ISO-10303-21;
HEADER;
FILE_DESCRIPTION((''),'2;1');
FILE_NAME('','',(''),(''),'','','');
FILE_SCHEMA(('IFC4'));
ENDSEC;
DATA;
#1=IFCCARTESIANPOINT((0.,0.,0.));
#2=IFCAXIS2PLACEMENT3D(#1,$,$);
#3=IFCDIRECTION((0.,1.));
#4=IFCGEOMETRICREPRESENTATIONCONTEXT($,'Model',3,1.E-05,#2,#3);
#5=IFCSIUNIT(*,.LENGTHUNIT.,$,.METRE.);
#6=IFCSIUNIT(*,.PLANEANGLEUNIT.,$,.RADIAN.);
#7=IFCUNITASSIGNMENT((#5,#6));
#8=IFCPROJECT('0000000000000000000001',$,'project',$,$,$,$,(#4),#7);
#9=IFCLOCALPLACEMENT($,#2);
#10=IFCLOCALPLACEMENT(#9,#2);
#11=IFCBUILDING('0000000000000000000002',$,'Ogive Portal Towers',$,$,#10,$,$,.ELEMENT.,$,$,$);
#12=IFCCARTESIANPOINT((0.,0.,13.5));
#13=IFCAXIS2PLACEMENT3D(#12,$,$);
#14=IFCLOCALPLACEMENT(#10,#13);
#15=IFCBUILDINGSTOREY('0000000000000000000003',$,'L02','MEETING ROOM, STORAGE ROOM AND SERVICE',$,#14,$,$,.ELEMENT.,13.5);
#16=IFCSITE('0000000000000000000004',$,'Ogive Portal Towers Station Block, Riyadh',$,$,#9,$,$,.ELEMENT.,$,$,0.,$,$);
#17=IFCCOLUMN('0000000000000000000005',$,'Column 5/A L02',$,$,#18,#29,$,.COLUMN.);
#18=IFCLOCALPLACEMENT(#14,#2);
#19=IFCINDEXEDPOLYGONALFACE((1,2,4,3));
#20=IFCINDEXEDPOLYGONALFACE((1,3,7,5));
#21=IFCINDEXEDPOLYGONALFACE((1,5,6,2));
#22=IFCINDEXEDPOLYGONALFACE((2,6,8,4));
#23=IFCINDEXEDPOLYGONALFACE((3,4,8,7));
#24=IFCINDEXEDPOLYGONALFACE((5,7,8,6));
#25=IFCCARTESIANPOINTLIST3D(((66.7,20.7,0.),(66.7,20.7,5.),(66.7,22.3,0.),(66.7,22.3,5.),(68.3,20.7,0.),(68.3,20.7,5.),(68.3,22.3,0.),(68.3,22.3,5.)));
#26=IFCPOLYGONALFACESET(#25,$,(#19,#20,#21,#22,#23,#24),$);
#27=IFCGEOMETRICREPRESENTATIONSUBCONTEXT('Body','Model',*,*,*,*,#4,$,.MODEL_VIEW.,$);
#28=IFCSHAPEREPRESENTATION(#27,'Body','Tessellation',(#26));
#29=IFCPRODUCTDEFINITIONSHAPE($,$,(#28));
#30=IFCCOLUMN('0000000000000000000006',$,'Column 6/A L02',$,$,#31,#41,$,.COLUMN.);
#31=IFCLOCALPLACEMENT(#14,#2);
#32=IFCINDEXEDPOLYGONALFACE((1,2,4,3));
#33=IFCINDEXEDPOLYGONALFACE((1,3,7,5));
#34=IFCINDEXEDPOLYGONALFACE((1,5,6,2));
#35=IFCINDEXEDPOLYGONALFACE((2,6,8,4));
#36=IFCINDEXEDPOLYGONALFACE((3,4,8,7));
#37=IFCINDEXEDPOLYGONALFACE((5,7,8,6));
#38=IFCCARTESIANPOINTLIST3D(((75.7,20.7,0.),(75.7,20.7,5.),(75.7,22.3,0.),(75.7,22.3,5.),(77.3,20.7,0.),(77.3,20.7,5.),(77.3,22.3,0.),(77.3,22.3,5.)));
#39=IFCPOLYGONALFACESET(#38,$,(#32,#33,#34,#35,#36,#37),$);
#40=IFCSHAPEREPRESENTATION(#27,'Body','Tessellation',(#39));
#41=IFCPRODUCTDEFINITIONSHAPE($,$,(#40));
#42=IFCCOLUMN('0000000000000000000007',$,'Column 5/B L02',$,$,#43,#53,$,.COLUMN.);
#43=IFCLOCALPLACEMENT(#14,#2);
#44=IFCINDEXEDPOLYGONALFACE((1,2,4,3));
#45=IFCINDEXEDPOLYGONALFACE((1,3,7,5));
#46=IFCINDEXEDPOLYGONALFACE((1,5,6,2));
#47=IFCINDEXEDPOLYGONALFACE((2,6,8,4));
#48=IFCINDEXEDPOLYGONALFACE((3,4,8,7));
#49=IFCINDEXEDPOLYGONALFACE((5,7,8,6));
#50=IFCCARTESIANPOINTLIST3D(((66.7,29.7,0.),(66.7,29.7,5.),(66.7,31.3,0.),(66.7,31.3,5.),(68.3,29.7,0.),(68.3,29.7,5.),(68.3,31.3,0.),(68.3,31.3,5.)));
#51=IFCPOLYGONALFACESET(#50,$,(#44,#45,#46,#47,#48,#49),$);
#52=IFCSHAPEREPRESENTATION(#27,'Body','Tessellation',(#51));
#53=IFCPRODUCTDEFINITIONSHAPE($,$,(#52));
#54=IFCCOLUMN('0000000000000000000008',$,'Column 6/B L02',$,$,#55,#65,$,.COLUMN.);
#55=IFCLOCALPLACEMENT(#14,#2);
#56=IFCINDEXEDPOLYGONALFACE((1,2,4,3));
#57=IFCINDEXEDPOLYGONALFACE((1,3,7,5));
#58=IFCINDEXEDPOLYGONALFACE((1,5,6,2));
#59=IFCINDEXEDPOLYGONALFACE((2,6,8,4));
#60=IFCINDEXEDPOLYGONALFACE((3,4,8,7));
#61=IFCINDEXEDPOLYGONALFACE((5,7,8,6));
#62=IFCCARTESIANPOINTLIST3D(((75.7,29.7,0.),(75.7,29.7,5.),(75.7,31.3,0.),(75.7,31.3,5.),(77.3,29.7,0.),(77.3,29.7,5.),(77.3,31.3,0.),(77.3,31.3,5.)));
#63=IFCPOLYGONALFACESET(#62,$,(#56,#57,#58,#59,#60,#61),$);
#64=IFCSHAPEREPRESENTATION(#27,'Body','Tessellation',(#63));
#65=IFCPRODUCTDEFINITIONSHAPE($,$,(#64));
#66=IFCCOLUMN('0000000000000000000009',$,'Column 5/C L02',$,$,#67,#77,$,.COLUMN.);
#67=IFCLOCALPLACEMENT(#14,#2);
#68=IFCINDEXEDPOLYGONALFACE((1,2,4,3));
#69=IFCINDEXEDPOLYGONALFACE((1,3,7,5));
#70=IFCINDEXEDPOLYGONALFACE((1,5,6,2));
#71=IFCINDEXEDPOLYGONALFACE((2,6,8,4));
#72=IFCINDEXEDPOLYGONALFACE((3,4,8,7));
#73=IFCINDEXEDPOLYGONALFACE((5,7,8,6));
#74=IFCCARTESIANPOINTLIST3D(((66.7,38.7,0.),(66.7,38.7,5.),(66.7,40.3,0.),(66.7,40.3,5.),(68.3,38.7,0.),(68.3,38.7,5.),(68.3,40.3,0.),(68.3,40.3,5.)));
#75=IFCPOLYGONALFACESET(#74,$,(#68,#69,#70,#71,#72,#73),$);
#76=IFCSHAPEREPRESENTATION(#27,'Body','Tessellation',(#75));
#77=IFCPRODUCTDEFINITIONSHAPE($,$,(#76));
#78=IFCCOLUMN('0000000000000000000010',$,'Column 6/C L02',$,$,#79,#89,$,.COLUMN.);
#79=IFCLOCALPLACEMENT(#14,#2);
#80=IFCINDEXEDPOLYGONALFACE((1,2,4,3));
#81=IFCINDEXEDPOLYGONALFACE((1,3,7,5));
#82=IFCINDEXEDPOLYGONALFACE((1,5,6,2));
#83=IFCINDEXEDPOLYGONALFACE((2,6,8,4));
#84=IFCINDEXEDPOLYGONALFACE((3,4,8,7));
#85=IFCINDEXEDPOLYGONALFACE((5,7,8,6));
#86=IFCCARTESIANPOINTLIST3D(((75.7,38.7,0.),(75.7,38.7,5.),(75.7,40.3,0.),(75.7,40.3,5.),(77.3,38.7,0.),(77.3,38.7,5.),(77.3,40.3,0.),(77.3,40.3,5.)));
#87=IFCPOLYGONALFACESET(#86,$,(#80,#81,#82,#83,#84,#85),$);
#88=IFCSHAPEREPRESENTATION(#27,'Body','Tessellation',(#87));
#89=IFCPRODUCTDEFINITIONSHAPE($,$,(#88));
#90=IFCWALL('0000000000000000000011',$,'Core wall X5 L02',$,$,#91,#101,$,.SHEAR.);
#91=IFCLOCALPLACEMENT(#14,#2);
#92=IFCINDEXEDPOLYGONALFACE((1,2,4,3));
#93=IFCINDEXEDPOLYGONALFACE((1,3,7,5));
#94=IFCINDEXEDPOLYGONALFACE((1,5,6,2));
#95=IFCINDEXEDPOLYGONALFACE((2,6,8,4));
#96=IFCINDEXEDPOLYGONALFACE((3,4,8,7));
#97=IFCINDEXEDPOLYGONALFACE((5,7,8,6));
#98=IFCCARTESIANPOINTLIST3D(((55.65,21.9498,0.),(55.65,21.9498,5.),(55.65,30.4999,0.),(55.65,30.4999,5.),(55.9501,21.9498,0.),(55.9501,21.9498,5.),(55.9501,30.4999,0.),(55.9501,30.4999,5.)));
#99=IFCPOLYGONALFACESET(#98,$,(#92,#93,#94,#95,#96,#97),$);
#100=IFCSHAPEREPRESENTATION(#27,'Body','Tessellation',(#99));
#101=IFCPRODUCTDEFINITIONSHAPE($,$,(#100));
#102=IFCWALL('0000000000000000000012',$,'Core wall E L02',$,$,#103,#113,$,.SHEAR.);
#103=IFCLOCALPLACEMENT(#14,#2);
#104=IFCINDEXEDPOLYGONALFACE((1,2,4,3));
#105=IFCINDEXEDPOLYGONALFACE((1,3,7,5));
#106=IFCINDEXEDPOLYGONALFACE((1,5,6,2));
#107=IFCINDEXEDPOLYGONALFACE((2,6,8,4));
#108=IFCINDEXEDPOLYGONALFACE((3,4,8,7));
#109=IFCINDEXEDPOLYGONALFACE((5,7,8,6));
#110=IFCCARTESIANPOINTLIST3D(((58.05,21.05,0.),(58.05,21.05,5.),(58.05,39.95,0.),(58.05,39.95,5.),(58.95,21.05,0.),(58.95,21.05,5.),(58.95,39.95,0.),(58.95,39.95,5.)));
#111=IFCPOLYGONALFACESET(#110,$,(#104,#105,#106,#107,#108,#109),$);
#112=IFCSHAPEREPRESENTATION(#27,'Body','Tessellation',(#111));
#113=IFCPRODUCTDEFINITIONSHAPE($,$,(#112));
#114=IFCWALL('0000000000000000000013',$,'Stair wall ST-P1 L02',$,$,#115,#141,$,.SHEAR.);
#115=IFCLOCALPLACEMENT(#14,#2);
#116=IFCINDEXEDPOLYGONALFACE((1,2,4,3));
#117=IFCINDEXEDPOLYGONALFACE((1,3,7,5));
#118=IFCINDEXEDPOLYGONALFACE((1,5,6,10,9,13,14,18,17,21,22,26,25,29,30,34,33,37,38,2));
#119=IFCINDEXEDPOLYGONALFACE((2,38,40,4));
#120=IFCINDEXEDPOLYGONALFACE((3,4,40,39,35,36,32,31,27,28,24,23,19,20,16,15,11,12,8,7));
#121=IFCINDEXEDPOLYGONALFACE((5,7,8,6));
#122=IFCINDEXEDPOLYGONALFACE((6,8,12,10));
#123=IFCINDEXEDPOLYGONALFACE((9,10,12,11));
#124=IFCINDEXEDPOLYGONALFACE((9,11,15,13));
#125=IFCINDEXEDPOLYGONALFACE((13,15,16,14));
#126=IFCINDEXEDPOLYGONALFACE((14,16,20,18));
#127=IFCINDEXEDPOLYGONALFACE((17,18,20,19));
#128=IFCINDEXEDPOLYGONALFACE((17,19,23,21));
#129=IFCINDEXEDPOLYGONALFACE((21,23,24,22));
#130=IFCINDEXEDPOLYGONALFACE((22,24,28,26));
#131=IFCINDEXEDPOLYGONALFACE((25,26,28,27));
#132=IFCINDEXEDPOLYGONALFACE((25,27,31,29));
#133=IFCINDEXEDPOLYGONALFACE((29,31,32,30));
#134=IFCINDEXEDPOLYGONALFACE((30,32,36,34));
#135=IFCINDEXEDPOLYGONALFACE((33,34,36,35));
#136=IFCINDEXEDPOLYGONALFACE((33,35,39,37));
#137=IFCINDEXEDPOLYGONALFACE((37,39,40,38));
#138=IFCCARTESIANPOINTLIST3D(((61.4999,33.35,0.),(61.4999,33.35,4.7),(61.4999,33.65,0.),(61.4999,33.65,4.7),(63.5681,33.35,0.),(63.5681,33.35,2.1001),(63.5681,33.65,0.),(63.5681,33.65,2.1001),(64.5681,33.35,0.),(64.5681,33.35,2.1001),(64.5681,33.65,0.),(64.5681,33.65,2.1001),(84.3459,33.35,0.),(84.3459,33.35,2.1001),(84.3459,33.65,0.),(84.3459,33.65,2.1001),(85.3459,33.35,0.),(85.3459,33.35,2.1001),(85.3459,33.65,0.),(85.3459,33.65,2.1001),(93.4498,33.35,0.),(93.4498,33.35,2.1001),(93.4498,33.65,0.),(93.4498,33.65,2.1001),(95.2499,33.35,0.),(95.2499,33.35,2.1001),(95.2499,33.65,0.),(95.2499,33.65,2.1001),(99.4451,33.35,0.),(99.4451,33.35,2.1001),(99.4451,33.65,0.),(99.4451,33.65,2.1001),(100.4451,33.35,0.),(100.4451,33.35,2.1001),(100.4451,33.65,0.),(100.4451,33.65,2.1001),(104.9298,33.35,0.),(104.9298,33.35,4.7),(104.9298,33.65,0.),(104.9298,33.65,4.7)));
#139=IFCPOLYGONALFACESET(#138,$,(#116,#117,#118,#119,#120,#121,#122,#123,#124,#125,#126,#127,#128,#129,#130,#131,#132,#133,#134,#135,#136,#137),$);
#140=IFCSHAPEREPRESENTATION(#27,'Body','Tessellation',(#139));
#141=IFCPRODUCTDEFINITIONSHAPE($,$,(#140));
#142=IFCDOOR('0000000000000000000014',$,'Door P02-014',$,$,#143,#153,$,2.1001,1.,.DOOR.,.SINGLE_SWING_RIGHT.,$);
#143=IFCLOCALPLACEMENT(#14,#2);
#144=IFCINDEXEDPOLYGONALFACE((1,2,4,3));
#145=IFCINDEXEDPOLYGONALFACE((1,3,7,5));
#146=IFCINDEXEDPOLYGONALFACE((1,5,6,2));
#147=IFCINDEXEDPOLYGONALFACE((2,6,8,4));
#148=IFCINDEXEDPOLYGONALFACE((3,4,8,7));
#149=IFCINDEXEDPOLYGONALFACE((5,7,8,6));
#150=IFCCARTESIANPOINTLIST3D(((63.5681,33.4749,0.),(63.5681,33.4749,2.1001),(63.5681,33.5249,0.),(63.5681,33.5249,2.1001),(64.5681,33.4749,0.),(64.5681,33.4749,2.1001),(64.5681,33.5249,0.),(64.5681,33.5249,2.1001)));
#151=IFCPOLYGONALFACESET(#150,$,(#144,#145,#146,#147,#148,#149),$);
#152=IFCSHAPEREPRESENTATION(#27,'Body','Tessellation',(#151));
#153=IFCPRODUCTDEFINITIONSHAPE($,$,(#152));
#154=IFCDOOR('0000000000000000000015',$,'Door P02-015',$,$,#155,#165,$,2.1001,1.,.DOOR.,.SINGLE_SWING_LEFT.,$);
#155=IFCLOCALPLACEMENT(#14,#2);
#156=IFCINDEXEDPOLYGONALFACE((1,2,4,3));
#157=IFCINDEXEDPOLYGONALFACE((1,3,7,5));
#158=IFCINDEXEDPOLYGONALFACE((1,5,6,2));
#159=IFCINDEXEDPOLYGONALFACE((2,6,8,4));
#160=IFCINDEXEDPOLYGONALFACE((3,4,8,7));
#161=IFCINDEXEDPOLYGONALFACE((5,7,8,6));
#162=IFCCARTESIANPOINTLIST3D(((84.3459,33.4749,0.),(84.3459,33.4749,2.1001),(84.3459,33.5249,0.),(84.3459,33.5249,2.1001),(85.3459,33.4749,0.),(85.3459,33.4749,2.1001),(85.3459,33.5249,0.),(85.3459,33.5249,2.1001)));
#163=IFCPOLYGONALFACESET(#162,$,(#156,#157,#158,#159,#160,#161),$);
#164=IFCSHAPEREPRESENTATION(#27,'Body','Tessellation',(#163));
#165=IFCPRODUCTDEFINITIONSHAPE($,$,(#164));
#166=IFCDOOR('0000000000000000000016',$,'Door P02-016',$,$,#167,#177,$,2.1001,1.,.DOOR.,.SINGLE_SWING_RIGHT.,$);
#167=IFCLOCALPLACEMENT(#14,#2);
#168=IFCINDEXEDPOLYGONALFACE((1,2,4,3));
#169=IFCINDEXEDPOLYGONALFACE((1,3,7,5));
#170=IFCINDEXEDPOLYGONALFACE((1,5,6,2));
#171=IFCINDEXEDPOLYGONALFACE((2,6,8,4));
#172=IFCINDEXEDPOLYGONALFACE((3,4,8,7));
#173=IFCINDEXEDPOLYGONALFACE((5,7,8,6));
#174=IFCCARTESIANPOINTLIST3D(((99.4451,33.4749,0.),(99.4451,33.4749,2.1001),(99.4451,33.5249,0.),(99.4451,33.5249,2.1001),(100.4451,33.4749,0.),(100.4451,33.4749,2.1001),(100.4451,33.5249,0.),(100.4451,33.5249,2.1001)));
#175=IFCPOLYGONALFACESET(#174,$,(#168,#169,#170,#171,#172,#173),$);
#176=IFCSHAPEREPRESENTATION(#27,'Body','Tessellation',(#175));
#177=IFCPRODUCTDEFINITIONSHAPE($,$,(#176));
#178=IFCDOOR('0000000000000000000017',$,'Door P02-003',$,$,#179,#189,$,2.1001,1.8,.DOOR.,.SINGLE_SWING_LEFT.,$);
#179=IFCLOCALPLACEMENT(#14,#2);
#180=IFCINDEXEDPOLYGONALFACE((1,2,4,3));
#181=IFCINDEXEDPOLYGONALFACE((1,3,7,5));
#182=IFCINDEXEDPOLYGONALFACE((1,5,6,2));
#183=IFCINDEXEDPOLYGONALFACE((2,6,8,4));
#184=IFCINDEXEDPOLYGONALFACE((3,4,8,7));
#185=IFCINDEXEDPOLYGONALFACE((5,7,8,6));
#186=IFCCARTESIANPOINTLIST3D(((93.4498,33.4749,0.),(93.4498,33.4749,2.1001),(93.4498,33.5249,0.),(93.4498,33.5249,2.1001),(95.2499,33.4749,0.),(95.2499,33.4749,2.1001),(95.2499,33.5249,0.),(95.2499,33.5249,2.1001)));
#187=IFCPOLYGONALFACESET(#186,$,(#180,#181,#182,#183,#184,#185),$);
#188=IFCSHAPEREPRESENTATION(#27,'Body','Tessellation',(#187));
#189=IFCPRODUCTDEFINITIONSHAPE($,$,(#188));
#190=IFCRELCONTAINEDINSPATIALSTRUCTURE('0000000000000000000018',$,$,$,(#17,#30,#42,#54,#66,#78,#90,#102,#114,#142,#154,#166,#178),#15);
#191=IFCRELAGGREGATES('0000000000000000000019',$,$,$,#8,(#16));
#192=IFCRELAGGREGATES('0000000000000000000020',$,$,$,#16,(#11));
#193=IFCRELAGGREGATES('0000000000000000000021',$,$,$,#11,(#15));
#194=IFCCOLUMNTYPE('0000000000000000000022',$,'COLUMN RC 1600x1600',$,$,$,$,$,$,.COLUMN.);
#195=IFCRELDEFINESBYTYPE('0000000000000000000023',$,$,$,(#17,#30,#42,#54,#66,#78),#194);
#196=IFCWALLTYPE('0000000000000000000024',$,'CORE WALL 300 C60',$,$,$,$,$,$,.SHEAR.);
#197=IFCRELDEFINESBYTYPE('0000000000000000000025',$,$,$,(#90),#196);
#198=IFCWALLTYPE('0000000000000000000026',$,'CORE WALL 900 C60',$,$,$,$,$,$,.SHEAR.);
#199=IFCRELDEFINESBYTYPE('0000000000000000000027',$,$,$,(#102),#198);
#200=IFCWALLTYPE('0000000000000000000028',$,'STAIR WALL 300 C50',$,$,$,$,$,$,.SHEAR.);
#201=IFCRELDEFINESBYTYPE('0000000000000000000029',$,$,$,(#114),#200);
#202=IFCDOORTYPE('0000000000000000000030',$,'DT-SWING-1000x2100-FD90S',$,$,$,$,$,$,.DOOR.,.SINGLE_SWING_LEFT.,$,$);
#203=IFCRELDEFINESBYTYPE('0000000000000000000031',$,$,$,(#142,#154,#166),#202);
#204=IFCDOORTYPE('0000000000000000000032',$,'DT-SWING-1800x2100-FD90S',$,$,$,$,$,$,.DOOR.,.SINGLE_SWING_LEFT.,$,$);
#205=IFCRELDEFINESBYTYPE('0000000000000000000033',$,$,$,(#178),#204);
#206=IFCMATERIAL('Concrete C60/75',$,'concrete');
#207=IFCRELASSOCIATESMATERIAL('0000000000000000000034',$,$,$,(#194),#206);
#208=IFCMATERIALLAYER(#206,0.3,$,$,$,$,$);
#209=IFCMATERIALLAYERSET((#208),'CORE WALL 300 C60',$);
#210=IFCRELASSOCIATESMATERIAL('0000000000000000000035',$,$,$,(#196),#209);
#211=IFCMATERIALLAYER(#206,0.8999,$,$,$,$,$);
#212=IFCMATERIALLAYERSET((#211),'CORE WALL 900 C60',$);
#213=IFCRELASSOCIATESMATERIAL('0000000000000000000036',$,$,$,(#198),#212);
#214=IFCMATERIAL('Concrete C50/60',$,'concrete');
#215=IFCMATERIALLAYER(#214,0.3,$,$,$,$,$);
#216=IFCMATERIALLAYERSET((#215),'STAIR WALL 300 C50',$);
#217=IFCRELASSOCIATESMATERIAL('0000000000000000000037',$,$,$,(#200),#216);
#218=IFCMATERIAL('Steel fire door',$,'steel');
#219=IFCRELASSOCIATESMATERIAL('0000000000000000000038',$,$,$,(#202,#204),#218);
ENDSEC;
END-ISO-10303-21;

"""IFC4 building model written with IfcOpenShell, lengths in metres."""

from ifc_helpers import new_model, si_unit, direction, frame, frame_2d, origin, origin_2d, place, context, subcontext, project, spatial, rectangle, extrude, material, layer, layer_set, material_profile, profile_set, type_object, element, fill, save


model = new_model("IFC4")

# Units and contexts
model_context = context("Model", 3, precision=1e-05, world=origin(), true_north=direction((0.0, 1.0)))
body_context = subcontext(model_context, "Body", "Model", "MODEL_VIEW")
ifc_project = project(units=[si_unit("LENGTHUNIT", "METRE"), si_unit("PLANEANGLEUNIT", "RADIAN")], contexts=[model_context])

# Site, building, storey
site_placement = place(None, origin())
site = spatial("IfcSite", under=ifc_project, at=site_placement, Name="Ogive Portal Towers Station Block, Riyadh", CompositionType="ELEMENT", RefElevation=0.0)
building_placement = place(site_placement, origin())
building = spatial("IfcBuilding", under=site, at=building_placement, Name="Ogive Portal Towers", CompositionType="ELEMENT")
storey_placement = place(building_placement, frame((0.0, 0.0, 13.5)))
storey = spatial("IfcBuildingStorey", under=building, at=storey_placement, Name="L02", Description="MEETING ROOM, STORAGE ROOM AND SERVICE", CompositionType="ELEMENT", Elevation=13.5)

# Columns
ifc_material_1 = material(Name="Concrete C60/75", Category="concrete")
ifc_material_profile = material_profile(ifc_material_1, rectangle(XDim=1.6001, YDim=1.6001, at=origin_2d()), Name="RC 1600x1600")
ifc_profile_set = profile_set([ifc_material_profile], Name="Concrete C60/75")
column_type = type_object("IfcColumnType", Name="COLUMN RC 1600x1600", PredefinedType="COLUMN", material=ifc_profile_set)
for number, where, z_axis, x_axis, name in (
    (1, (67.5, 21.5, 0.0), (0.0, 0.0, 1.0), (1.0, 0.0, 0.0), "Column 5/A L02"),
    (2, (76.5, 21.5, 0.0), (0.0, 0.0, 1.0), (1.0, 0.0, 0.0), "Column 6/A L02"),
    (3, (67.5, 30.5, 0.0), (0.0, 0.0, 1.0), (1.0, 0.0, 0.0), "Column 5/B L02"),
    (4, (76.5, 30.5, 0.0), (0.0, 0.0, 1.0), (1.0, 0.0, 0.0), "Column 6/B L02"),
    (5, (67.5, 39.5, 0.0), (0.0, 0.0, 1.0), (1.0, 0.0, 0.0), "Column 5/C L02"),
    (6, (76.5, 39.5, 0.0), (0.0, 0.0, 1.0), (1.0, 0.0, 0.0), "Column 6/C L02"),
):
    element("IfcColumn", number, at=place(storey_placement, frame(where, z_axis=z_axis, x_axis=x_axis)), inside=storey, type_object=column_type, Name=name, PredefinedType="COLUMN", context=body_context, shape_type="SweptSolid", body=[
        extrude(rectangle(XDim=1.6001, YDim=1.6001, at=origin_2d()), origin(), (0.0, 0.0, 1.0), 5.0),
    ])

# Wall
ifc_layer_1 = layer(ifc_material_1, 0.3)
ifc_layer_set_1 = layer_set([ifc_layer_1], Name="CORE WALL 300 C60")
wall_type_1 = type_object("IfcWallType", Name="CORE WALL 300 C60", PredefinedType="SHEAR", material=ifc_layer_set_1)
wall_1_placement = place(storey_placement, frame((55.8, 21.95, 0.0), z_axis=(0.0, 0.0, 1.0), x_axis=(0.0, 1.0, 0.0)))
element("IfcWall", 7, at=wall_1_placement, inside=storey, type_object=wall_type_1, Name="Core wall X5 L02", PredefinedType="SHEAR", context=body_context, shape_type="SweptSolid", body=[
    extrude(rectangle(XDim=8.55, YDim=0.3, at=frame_2d((4.2749, 0.0))), origin(), (0.0, 0.0, 1.0), 5.0),
])

# Wall
ifc_layer_2 = layer(ifc_material_1, 0.8999)
ifc_layer_set_2 = layer_set([ifc_layer_2], Name="CORE WALL 900 C60")
wall_type_2 = type_object("IfcWallType", Name="CORE WALL 900 C60", PredefinedType="SHEAR", material=ifc_layer_set_2)
wall_2_placement = place(storey_placement, frame((58.5, 21.05, 0.0), z_axis=(0.0, 0.0, 1.0), x_axis=(0.0, 1.0, 0.0)))
element("IfcWall", 8, at=wall_2_placement, inside=storey, type_object=wall_type_2, Name="Core wall E L02", PredefinedType="SHEAR", context=body_context, shape_type="SweptSolid", body=[
    extrude(rectangle(XDim=18.8999, YDim=0.8999, at=frame_2d((9.45, 0.0))), origin(), (0.0, 0.0, 1.0), 5.0),
])

# Wall, openings, doors
ifc_material_2 = material(Name="Concrete C50/60", Category="concrete")
ifc_layer_3 = layer(ifc_material_2, 0.3)
ifc_layer_set_3 = layer_set([ifc_layer_3], Name="STAIR WALL 300 C50")
wall_type_3 = type_object("IfcWallType", Name="STAIR WALL 300 C50", PredefinedType="SHEAR", material=ifc_layer_set_3)
wall_3_placement = place(storey_placement, frame((61.5, 33.5, 0.0), z_axis=(0.0, 0.0, 1.0), x_axis=(1.0, 0.0, 0.0)))
wall_3 = element("IfcWall", 9, at=wall_3_placement, inside=storey, type_object=wall_type_3, Name="Stair wall ST-P1 L02", PredefinedType="SHEAR", context=body_context, shape_type="SweptSolid", body=[
    extrude(rectangle(XDim=43.4299, YDim=0.3, at=frame_2d((21.7148, 0.0))), origin(), (0.0, 0.0, 1.0), 4.7),
])
opening_1_placement = place(wall_3_placement, frame((31.95, 0.0, 0.0)))
opening_1 = element("IfcOpeningElement", 10, at=opening_1_placement, cuts=wall_3, PredefinedType="OPENING", context=body_context, shape_type="SweptSolid", body=[
    extrude(rectangle(XDim=1.8, YDim=2.1001, at=frame_2d((0.8999, 1.05))), frame((0.0, 0.1602, 0.0), z_axis=(0.0, -1.0, 0.0), x_axis=(1.0, 0.0, 0.0)), (0.0, 0.0, 1.0), 0.3201),
])
opening_2_placement = place(wall_3_placement, frame((2.0681, 0.0, 0.0)))
opening_2 = element("IfcOpeningElement", 11, at=opening_2_placement, cuts=wall_3, PredefinedType="OPENING", context=body_context, shape_type="SweptSolid", body=[
    extrude(rectangle(XDim=1.0, YDim=2.1001, at=frame_2d((0.5, 1.05))), frame((0.0, 0.1602, 0.0), z_axis=(0.0, -1.0, 0.0), x_axis=(1.0, 0.0, 0.0)), (0.0, 0.0, 1.0), 0.3201),
])
opening_3_placement = place(wall_3_placement, frame((22.8459, 0.0, 0.0)))
opening_3 = element("IfcOpeningElement", 12, at=opening_3_placement, cuts=wall_3, PredefinedType="OPENING", context=body_context, shape_type="SweptSolid", body=[
    extrude(rectangle(XDim=1.0, YDim=2.1001, at=frame_2d((0.5, 1.05))), frame((0.0, 0.1602, 0.0), z_axis=(0.0, -1.0, 0.0), x_axis=(1.0, 0.0, 0.0)), (0.0, 0.0, 1.0), 0.3201),
])
opening_4_placement = place(wall_3_placement, frame((37.9451, 0.0, 0.0)))
opening_4 = element("IfcOpeningElement", 13, at=opening_4_placement, cuts=wall_3, PredefinedType="OPENING", context=body_context, shape_type="SweptSolid", body=[
    extrude(rectangle(XDim=1.0, YDim=2.1001, at=frame_2d((0.5, 1.05))), frame((0.0, 0.1602, 0.0), z_axis=(0.0, -1.0, 0.0), x_axis=(1.0, 0.0, 0.0)), (0.0, 0.0, 1.0), 0.3201),
])
ifc_material_3 = material(Name="Steel fire door", Category="steel")
door_type_1 = type_object("IfcDoorType", Name="DT-SWING-1000x2100-FD90S", OperationType="SINGLE_SWING_LEFT", PredefinedType="DOOR", material=ifc_material_3)
door_1_placement = place(opening_2_placement, origin())
door_1 = element("IfcDoor", 14, at=door_1_placement, inside=storey, type_object=door_type_1, Name="Door P02-014", OperationType="SINGLE_SWING_RIGHT", OverallHeight=2.1001, OverallWidth=1.0, PredefinedType="DOOR", context=body_context, shape_type="SweptSolid", body=[
    extrude(rectangle(XDim=1.0, YDim=2.1001, at=frame_2d((0.5, 1.05))), frame((0.0, 0.0249, 0.0), z_axis=(0.0, -1.0, 0.0), x_axis=(1.0, 0.0, 0.0)), (0.0, 0.0, 1.0), 0.05),
])
fill(opening_2, door_1)
door_2_placement = place(opening_3_placement, origin())
door_2 = element("IfcDoor", 15, at=door_2_placement, inside=storey, type_object=door_type_1, Name="Door P02-015", OperationType="SINGLE_SWING_LEFT", OverallHeight=2.1001, OverallWidth=1.0, PredefinedType="DOOR", context=body_context, shape_type="SweptSolid", body=[
    extrude(rectangle(XDim=1.0, YDim=2.1001, at=frame_2d((0.5, 1.05))), frame((0.0, 0.0249, 0.0), z_axis=(0.0, -1.0, 0.0), x_axis=(1.0, 0.0, 0.0)), (0.0, 0.0, 1.0), 0.05),
])
fill(opening_3, door_2)
door_3_placement = place(opening_4_placement, origin())
door_3 = element("IfcDoor", 16, at=door_3_placement, inside=storey, type_object=door_type_1, Name="Door P02-016", OperationType="SINGLE_SWING_RIGHT", OverallHeight=2.1001, OverallWidth=1.0, PredefinedType="DOOR", context=body_context, shape_type="SweptSolid", body=[
    extrude(rectangle(XDim=1.0, YDim=2.1001, at=frame_2d((0.5, 1.05))), frame((0.0, 0.0249, 0.0), z_axis=(0.0, -1.0, 0.0), x_axis=(1.0, 0.0, 0.0)), (0.0, 0.0, 1.0), 0.05),
])
fill(opening_4, door_3)
door_type_2 = type_object("IfcDoorType", Name="DT-SWING-1800x2100-FD90S", OperationType="SINGLE_SWING_LEFT", PredefinedType="DOOR", material=ifc_material_3)
door_4_placement = place(opening_1_placement, origin())
door_4 = element("IfcDoor", 17, at=door_4_placement, inside=storey, type_object=door_type_2, Name="Door P02-003", OperationType="SINGLE_SWING_LEFT", OverallHeight=2.1001, OverallWidth=1.8, PredefinedType="DOOR", context=body_context, shape_type="SweptSolid", body=[
    extrude(rectangle(XDim=1.8, YDim=2.1001, at=frame_2d((0.8999, 1.05))), frame((0.0, 0.0249, 0.0), z_axis=(0.0, -1.0, 0.0), x_axis=(1.0, 0.0, 0.0)), (0.0, 0.0, 1.0), 0.05),
])
fill(opening_1, door_4)

save(model, "model.ifc")
